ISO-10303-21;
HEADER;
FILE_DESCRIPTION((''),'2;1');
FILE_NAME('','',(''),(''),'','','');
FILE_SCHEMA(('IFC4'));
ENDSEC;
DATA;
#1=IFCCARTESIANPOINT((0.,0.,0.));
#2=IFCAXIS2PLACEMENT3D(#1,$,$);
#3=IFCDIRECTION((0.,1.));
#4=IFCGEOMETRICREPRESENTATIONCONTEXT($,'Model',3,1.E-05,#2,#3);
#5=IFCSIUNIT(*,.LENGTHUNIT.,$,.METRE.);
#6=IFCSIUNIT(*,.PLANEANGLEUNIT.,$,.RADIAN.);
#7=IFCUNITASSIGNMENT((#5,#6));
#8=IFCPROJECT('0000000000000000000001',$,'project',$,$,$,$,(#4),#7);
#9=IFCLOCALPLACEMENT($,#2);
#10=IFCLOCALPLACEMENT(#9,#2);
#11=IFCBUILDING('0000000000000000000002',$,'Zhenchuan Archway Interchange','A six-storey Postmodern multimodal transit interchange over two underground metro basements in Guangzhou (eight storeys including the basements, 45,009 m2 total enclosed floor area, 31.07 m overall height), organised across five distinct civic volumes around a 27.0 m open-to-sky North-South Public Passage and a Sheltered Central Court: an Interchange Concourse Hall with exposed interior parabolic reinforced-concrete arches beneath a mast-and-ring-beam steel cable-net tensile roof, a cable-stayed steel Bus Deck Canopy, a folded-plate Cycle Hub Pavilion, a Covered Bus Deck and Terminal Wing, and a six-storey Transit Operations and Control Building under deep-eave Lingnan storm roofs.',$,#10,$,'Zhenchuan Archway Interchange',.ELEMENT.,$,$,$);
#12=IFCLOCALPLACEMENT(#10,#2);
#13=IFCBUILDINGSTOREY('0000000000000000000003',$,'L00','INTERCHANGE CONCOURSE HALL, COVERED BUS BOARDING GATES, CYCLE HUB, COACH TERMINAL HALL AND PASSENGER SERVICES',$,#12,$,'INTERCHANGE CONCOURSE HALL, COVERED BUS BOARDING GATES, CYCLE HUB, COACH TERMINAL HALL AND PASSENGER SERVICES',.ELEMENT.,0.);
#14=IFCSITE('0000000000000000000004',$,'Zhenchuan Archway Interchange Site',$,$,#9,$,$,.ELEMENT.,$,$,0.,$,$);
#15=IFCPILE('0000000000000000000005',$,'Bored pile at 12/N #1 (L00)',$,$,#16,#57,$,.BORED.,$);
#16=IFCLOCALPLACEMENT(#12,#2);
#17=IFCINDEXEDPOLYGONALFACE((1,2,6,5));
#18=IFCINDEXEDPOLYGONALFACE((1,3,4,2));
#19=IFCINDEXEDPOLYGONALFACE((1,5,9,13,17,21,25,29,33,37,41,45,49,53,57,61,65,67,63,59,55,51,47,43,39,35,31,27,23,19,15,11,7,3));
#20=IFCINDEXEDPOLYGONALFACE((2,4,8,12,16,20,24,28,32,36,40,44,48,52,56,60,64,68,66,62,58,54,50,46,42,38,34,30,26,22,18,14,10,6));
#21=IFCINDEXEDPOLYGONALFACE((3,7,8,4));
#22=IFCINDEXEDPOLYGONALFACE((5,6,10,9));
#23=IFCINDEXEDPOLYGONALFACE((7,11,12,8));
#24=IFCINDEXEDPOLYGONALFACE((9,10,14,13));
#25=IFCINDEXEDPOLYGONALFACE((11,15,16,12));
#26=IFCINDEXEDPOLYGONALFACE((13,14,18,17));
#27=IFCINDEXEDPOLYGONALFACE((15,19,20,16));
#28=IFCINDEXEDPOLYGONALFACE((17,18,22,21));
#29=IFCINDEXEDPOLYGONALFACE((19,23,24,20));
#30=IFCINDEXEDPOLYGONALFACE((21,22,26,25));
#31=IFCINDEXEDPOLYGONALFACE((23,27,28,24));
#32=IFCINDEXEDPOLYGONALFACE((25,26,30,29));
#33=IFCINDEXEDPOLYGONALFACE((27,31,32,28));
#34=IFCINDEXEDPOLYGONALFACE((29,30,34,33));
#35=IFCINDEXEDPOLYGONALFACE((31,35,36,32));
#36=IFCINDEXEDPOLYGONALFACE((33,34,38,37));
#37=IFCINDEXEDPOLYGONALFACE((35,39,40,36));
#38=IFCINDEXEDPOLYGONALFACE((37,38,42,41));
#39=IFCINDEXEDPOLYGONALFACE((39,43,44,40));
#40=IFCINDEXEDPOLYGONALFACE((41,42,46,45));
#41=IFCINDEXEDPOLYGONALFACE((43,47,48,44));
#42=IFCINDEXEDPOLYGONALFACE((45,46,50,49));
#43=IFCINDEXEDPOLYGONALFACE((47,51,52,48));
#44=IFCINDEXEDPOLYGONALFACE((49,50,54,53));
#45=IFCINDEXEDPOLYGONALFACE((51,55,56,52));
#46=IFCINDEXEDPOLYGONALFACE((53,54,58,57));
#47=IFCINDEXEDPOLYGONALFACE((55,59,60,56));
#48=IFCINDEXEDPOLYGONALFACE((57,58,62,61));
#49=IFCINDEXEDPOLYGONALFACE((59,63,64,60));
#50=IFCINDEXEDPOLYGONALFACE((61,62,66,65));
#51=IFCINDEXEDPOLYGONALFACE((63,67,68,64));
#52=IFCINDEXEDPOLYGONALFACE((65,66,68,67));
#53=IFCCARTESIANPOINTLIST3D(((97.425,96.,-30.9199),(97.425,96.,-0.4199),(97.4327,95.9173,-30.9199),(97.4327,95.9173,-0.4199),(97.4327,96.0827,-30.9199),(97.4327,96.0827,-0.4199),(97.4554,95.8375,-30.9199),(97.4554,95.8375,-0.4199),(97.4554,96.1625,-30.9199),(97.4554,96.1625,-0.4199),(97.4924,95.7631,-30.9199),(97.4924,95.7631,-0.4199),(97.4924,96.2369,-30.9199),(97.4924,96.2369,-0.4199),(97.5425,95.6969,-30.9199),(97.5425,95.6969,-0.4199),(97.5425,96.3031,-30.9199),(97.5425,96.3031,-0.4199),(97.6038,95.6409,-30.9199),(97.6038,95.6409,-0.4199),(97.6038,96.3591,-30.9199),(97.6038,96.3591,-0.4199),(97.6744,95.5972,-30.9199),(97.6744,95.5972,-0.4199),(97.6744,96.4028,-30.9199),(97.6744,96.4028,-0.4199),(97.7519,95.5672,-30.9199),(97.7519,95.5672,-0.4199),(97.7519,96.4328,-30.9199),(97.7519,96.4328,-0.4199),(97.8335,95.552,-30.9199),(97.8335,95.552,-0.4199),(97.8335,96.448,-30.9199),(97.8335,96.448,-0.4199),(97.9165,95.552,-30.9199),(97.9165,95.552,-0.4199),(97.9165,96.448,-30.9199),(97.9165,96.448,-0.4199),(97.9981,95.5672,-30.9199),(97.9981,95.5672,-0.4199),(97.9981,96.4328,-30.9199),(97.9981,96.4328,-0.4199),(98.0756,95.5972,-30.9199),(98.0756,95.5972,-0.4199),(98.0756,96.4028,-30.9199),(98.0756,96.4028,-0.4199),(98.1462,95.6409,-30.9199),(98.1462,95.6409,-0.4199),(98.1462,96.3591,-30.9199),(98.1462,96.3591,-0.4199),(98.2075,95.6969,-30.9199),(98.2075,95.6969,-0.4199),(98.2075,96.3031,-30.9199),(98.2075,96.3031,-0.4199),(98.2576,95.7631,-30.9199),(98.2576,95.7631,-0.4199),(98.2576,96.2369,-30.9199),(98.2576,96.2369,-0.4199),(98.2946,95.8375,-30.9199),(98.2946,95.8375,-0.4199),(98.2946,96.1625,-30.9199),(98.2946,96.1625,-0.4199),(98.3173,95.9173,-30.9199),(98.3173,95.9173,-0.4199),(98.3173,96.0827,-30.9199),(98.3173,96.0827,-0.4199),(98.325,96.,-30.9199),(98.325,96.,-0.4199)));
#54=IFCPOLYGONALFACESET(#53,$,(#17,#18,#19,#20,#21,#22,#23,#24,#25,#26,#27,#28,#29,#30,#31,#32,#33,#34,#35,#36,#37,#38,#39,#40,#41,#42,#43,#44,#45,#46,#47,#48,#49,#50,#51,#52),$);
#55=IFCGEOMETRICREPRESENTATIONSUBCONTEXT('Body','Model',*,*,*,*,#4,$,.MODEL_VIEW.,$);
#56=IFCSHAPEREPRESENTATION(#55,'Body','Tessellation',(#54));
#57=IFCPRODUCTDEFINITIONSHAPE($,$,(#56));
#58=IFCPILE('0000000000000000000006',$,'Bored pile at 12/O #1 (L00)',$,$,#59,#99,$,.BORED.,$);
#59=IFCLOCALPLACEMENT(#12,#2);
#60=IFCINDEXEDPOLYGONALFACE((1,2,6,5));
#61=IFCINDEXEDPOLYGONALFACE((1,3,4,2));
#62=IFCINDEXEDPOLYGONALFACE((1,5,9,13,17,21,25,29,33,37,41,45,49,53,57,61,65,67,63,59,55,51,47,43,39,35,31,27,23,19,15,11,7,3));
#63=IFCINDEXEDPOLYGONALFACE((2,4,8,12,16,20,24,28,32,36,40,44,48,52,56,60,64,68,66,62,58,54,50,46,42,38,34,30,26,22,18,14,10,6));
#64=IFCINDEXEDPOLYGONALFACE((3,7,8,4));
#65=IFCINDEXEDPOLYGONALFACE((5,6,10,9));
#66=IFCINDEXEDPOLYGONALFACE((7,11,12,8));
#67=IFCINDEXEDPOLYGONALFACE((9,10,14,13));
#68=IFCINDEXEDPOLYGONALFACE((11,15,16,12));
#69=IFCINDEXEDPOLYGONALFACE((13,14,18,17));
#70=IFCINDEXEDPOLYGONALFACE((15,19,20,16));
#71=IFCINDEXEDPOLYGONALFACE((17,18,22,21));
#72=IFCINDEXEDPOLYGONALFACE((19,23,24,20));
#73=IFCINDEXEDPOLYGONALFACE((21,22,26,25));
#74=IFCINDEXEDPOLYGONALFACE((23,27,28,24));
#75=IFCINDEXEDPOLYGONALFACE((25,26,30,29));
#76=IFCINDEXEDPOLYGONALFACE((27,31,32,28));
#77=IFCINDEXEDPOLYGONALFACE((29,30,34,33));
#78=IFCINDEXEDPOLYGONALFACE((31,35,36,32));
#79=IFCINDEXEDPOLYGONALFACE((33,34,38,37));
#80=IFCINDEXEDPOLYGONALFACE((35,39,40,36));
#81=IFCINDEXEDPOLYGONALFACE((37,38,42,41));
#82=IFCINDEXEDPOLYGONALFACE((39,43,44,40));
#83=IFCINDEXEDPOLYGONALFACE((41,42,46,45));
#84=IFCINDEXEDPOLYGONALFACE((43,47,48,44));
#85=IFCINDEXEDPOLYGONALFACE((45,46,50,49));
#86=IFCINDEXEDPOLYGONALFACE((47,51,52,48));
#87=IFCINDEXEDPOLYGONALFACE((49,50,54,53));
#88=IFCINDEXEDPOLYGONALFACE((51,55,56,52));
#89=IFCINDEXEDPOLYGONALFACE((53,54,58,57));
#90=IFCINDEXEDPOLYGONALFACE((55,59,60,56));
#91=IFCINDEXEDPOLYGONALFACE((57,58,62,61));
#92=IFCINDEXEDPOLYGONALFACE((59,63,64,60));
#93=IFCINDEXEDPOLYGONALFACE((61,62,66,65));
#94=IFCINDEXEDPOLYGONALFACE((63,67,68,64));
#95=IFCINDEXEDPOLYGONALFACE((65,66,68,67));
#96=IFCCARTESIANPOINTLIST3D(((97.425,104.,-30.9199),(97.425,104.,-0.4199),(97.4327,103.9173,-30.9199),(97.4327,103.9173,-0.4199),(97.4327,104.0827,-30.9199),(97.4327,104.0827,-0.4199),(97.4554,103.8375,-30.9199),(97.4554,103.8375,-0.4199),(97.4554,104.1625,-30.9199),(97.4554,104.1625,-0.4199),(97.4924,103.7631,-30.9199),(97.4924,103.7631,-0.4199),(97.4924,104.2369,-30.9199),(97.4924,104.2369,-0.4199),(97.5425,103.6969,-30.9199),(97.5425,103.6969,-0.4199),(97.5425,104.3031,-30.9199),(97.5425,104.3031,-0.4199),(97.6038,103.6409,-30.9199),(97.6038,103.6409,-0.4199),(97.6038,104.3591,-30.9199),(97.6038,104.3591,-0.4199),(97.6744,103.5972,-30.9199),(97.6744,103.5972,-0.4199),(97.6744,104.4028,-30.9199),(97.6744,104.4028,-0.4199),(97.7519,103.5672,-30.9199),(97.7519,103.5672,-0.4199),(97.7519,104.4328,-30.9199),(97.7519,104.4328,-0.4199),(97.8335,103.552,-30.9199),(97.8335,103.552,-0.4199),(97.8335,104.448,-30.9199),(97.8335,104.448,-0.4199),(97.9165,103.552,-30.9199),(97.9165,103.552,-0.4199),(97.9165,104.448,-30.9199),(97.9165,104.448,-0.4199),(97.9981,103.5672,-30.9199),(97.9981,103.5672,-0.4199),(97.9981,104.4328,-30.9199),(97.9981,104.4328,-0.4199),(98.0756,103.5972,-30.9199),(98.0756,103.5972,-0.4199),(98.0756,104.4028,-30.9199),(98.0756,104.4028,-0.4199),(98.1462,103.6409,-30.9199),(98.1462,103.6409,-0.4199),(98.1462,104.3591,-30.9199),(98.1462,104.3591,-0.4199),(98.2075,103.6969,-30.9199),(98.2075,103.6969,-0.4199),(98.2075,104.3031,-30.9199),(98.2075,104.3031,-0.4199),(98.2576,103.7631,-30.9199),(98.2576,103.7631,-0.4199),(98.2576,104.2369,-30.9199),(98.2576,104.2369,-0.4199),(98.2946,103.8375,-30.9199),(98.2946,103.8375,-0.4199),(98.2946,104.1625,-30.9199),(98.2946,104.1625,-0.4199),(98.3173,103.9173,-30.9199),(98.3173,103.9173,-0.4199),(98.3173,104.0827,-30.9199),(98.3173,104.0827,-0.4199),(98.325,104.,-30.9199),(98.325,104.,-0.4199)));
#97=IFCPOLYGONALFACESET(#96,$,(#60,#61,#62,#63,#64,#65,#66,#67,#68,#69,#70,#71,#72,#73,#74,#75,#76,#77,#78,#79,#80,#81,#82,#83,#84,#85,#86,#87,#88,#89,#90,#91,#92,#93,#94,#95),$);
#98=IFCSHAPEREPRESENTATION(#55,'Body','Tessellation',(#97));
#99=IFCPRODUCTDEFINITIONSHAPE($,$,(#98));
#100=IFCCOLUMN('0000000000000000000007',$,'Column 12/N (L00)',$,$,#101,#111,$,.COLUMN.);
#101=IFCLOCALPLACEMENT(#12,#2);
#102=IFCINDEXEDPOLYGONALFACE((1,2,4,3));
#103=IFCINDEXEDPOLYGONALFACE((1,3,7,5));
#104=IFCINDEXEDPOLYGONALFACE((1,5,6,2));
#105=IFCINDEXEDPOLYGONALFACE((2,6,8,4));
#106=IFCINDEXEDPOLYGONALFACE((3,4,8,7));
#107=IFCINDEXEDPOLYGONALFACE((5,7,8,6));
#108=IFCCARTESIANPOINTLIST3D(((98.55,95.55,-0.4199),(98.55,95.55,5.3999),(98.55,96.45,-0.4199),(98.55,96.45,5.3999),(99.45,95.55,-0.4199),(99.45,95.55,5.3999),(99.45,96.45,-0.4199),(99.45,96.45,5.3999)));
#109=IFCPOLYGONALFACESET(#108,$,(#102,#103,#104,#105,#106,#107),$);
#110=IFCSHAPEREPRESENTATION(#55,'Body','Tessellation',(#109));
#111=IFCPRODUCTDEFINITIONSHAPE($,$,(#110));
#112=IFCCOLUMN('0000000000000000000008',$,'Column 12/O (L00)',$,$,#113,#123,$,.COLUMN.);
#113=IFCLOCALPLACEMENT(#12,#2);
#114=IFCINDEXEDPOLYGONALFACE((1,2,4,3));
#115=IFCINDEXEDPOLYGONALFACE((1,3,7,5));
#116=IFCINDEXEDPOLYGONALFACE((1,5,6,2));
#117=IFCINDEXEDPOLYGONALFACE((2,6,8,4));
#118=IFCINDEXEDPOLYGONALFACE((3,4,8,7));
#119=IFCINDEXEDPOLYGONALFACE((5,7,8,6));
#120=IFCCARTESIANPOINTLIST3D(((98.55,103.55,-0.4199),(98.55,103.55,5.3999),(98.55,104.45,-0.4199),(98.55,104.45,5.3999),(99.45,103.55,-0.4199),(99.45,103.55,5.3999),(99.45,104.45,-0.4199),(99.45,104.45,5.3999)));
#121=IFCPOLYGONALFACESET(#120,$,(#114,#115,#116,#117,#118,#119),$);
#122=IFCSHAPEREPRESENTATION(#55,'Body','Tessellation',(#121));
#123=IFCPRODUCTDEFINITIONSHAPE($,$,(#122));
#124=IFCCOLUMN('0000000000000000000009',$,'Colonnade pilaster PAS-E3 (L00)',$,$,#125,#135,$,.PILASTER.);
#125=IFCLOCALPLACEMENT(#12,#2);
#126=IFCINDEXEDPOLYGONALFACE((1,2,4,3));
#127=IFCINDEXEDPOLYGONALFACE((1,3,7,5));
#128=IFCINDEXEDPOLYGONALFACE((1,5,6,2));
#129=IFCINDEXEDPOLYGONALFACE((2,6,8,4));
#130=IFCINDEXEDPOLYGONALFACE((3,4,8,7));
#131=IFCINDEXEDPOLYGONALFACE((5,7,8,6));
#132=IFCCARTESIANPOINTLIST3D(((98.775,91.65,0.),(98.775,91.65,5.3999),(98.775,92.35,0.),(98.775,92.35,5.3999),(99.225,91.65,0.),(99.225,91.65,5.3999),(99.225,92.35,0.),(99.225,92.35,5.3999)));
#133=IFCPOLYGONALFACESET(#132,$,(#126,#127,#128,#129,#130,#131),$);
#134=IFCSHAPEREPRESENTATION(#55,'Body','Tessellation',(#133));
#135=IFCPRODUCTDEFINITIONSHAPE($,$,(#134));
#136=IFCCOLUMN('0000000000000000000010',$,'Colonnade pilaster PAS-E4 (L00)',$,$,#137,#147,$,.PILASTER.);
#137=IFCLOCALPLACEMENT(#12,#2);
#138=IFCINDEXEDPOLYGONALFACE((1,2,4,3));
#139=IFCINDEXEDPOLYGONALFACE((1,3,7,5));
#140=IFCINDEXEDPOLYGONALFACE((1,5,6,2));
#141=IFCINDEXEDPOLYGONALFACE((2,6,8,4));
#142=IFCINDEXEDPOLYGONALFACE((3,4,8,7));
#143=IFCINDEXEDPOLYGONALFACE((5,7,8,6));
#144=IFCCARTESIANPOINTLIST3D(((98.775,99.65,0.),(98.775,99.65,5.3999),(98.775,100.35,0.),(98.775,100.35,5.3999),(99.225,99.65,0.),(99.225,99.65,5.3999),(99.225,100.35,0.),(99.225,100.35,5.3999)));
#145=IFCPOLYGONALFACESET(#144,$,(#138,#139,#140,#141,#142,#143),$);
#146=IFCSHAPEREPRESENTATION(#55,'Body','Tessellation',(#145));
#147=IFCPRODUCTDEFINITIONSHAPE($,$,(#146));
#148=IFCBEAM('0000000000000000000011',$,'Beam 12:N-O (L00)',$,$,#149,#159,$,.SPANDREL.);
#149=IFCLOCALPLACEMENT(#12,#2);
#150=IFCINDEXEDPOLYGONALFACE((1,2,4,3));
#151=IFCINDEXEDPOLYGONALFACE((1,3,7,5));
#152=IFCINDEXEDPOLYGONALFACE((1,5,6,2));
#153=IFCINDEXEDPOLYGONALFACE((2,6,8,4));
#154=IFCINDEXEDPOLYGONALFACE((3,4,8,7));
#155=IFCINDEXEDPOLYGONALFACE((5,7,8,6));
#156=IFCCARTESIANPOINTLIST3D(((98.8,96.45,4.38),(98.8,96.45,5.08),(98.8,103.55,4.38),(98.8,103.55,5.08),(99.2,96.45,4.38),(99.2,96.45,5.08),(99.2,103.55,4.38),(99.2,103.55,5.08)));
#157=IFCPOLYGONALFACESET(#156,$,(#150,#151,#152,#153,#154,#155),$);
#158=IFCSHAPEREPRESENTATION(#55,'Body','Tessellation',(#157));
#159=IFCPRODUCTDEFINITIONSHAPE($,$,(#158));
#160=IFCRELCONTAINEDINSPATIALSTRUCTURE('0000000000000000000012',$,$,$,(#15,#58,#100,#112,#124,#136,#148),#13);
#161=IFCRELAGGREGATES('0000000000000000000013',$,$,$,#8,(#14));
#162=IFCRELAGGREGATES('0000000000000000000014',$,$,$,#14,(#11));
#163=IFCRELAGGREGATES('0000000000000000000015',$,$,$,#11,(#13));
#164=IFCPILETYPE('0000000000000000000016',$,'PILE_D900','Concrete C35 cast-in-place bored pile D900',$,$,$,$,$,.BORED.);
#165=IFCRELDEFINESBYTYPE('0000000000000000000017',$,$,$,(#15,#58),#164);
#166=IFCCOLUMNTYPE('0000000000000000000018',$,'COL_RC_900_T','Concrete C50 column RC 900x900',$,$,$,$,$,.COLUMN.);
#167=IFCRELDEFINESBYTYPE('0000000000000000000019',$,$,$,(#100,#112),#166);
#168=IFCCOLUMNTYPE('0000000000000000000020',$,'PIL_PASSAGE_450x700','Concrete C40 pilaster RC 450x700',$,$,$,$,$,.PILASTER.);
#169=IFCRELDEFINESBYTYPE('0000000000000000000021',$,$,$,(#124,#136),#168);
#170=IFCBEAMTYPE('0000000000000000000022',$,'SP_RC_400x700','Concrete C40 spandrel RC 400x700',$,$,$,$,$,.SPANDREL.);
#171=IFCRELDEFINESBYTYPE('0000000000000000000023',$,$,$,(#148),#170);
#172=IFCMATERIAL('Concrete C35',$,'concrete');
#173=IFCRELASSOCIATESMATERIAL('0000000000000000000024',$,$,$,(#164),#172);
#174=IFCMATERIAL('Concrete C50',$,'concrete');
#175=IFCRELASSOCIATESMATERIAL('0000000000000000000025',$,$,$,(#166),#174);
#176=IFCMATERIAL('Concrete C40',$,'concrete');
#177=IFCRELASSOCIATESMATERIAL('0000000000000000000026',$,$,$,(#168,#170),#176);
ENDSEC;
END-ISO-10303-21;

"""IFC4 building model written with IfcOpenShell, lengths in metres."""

from ifc_helpers import new_model, si_unit, direction, frame, origin, origin_2d, place, context, subcontext, project, spatial, rectangle, circle, extrude, material, material_profile, profile_set, type_object, element, save


model = new_model("IFC4")

# Units and contexts
model_context = context("Model", 3, precision=1e-05, world=origin(), true_north=direction((0.0, 1.0)))
body_context = subcontext(model_context, "Body", "Model", "MODEL_VIEW")
ifc_project = project(units=[si_unit("LENGTHUNIT", "METRE"), si_unit("PLANEANGLEUNIT", "RADIAN")], contexts=[model_context])

# Site, building, storey
site_placement = place(None, origin())
site = spatial("IfcSite", under=ifc_project, at=site_placement, Name="Zhenchuan Archway Interchange Site", CompositionType="ELEMENT", RefElevation=0.0)
building_placement = place(site_placement, origin())
building = spatial("IfcBuilding", under=site, at=building_placement, Name="Zhenchuan Archway Interchange", Description="A six-storey Postmodern multimodal transit interchange over two underground metro basements in Guangzhou (eight storeys including the basements, 45,009 m2 total enclosed floor area, 31.07 m overall height), organised across five distinct civic volumes around a 27.0 m open-to-sky North-South Public Passage and a Sheltered Central Court: an Interchange Concourse Hall with exposed interior parabolic reinforced-concrete arches beneath a mast-and-ring-beam steel cable-net tensile roof, a cable-stayed steel Bus Deck Canopy, a folded-plate Cycle Hub Pavilion, a Covered Bus Deck and Terminal Wing, and a six-storey Transit Operations and Control Building under deep-eave Lingnan storm roofs.", LongName="Zhenchuan Archway Interchange", CompositionType="ELEMENT")
storey_placement = place(building_placement, origin())
storey = spatial("IfcBuildingStorey", under=building, at=storey_placement, Name="L00", Description="INTERCHANGE CONCOURSE HALL, COVERED BUS BOARDING GATES, CYCLE HUB, COACH TERMINAL HALL AND PASSENGER SERVICES", LongName="INTERCHANGE CONCOURSE HALL, COVERED BUS BOARDING GATES, CYCLE HUB, COACH TERMINAL HALL AND PASSENGER SERVICES", CompositionType="ELEMENT", Elevation=0.0)

# Shared definitions
ifc_material_1 = material(Name="Concrete C40", Category="concrete")

# Piles
ifc_material_2 = material(Name="Concrete C35", Category="concrete")
ifc_material_profile_1 = material_profile(ifc_material_2, circle(Radius=0.45, at=origin_2d()), Name="BORED PILE 900")
ifc_profile_set_1 = profile_set([ifc_material_profile_1], Name="Concrete C35")
pile_type_1 = type_object("IfcPileType", Name="PILE_D900", Description="Concrete C35 cast-in-place bored pile D900", PredefinedType="BORED", material=ifc_profile_set_1)
for number, where, z_axis, x_axis, name in (
    (1, (97.875, 96.0, -0.4199), (0.0, 0.0, -1.0), (1.0, 0.0, 0.0), "Bored pile at 12/N #1 (L00)"),
    (2, (97.875, 104.0, -0.4199), (0.0, 0.0, -1.0), (1.0, 0.0, 0.0), "Bored pile at 12/O #1 (L00)"),
):
    element("IfcPile", number, at=place(storey_placement, frame(where, z_axis=z_axis, x_axis=x_axis)), inside=storey, type_object=pile_type_1, Name=name, PredefinedType="BORED", context=body_context, shape_type="SweptSolid", body=[
        extrude(circle(Radius=0.45, at=origin_2d()), origin(), (0.0, 0.0, 1.0), 30.5),
    ])

# Columns
ifc_material_3 = material(Name="Concrete C50", Category="concrete")
ifc_material_profile_2 = material_profile(ifc_material_3, rectangle(XDim=0.8999, YDim=0.8999, at=origin_2d()), Name="RC 900x900")
ifc_profile_set_2 = profile_set([ifc_material_profile_2], Name="Concrete C50")
column_type_1 = type_object("IfcColumnType", Name="COL_RC_900_T", Description="Concrete C50 column RC 900x900", PredefinedType="COLUMN", material=ifc_profile_set_2)
for number, where, z_axis, x_axis, name in (
    (3, (99.0, 96.0, -0.4199), (0.0, 0.0, 1.0), (1.0, 0.0, 0.0), "Column 12/N (L00)"),
    (4, (99.0, 104.0, -0.4199), (0.0, 0.0, 1.0), (1.0, 0.0, 0.0), "Column 12/O (L00)"),
):
    element("IfcColumn", number, at=place(storey_placement, frame(where, z_axis=z_axis, x_axis=x_axis)), inside=storey, type_object=column_type_1, Name=name, PredefinedType="COLUMN", context=body_context, shape_type="SweptSolid", body=[
        extrude(rectangle(XDim=0.8999, YDim=0.8999, at=origin_2d()), origin(), (0.0, 0.0, 1.0), 5.8198),
    ])
ifc_material_profile_3 = material_profile(ifc_material_1, rectangle(XDim=0.45, YDim=0.7, at=origin_2d()), Name="RC 450x700")
ifc_profile_set_3 = profile_set([ifc_material_profile_3], Name="Concrete C40")
column_type_2 = type_object("IfcColumnType", Name="PIL_PASSAGE_450x700", Description="Concrete C40 pilaster RC 450x700", PredefinedType="PILASTER", material=ifc_profile_set_3)
for number, where, z_axis, x_axis, name in (
    (5, (99.0, 92.0, 0.0), (0.0, 0.0, 1.0), (1.0, 0.0, 0.0), "Colonnade pilaster PAS-E3 (L00)"),
    (6, (99.0, 100.0, 0.0), (0.0, 0.0, 1.0), (1.0, 0.0, 0.0), "Colonnade pilaster PAS-E4 (L00)"),
):
    element("IfcColumn", number, at=place(storey_placement, frame(where, z_axis=z_axis, x_axis=x_axis)), inside=storey, type_object=column_type_2, Name=name, PredefinedType="PILASTER", context=body_context, shape_type="SweptSolid", body=[
        extrude(rectangle(XDim=0.45, YDim=0.7, at=origin_2d()), origin(), (0.0, 0.0, 1.0), 5.3999),
    ])

# Beam
ifc_material_profile_4 = material_profile(ifc_material_1, rectangle(XDim=0.3999, YDim=0.7, at=origin_2d()), Name="RC 400x700")
ifc_profile_set_4 = profile_set([ifc_material_profile_4], Name="Concrete C40")
beam_type = type_object("IfcBeamType", Name="SP_RC_400x700", Description="Concrete C40 spandrel RC 400x700", PredefinedType="SPANDREL", material=ifc_profile_set_4)
beam_placement = place(storey_placement, frame((99.0, 96.45, 4.73), z_axis=(0.0, 1.0, 0.0), x_axis=(-1.0, 0.0, 0.0)))
element("IfcBeam", 7, at=beam_placement, inside=storey, type_object=beam_type, Name="Beam 12:N-O (L00)", PredefinedType="SPANDREL", context=body_context, shape_type="SweptSolid", body=[
    extrude(rectangle(XDim=0.3999, YDim=0.7, at=origin_2d()), origin(), (0.0, 0.0, 1.0), 7.1001),
])

save(model, "model.ifc")
